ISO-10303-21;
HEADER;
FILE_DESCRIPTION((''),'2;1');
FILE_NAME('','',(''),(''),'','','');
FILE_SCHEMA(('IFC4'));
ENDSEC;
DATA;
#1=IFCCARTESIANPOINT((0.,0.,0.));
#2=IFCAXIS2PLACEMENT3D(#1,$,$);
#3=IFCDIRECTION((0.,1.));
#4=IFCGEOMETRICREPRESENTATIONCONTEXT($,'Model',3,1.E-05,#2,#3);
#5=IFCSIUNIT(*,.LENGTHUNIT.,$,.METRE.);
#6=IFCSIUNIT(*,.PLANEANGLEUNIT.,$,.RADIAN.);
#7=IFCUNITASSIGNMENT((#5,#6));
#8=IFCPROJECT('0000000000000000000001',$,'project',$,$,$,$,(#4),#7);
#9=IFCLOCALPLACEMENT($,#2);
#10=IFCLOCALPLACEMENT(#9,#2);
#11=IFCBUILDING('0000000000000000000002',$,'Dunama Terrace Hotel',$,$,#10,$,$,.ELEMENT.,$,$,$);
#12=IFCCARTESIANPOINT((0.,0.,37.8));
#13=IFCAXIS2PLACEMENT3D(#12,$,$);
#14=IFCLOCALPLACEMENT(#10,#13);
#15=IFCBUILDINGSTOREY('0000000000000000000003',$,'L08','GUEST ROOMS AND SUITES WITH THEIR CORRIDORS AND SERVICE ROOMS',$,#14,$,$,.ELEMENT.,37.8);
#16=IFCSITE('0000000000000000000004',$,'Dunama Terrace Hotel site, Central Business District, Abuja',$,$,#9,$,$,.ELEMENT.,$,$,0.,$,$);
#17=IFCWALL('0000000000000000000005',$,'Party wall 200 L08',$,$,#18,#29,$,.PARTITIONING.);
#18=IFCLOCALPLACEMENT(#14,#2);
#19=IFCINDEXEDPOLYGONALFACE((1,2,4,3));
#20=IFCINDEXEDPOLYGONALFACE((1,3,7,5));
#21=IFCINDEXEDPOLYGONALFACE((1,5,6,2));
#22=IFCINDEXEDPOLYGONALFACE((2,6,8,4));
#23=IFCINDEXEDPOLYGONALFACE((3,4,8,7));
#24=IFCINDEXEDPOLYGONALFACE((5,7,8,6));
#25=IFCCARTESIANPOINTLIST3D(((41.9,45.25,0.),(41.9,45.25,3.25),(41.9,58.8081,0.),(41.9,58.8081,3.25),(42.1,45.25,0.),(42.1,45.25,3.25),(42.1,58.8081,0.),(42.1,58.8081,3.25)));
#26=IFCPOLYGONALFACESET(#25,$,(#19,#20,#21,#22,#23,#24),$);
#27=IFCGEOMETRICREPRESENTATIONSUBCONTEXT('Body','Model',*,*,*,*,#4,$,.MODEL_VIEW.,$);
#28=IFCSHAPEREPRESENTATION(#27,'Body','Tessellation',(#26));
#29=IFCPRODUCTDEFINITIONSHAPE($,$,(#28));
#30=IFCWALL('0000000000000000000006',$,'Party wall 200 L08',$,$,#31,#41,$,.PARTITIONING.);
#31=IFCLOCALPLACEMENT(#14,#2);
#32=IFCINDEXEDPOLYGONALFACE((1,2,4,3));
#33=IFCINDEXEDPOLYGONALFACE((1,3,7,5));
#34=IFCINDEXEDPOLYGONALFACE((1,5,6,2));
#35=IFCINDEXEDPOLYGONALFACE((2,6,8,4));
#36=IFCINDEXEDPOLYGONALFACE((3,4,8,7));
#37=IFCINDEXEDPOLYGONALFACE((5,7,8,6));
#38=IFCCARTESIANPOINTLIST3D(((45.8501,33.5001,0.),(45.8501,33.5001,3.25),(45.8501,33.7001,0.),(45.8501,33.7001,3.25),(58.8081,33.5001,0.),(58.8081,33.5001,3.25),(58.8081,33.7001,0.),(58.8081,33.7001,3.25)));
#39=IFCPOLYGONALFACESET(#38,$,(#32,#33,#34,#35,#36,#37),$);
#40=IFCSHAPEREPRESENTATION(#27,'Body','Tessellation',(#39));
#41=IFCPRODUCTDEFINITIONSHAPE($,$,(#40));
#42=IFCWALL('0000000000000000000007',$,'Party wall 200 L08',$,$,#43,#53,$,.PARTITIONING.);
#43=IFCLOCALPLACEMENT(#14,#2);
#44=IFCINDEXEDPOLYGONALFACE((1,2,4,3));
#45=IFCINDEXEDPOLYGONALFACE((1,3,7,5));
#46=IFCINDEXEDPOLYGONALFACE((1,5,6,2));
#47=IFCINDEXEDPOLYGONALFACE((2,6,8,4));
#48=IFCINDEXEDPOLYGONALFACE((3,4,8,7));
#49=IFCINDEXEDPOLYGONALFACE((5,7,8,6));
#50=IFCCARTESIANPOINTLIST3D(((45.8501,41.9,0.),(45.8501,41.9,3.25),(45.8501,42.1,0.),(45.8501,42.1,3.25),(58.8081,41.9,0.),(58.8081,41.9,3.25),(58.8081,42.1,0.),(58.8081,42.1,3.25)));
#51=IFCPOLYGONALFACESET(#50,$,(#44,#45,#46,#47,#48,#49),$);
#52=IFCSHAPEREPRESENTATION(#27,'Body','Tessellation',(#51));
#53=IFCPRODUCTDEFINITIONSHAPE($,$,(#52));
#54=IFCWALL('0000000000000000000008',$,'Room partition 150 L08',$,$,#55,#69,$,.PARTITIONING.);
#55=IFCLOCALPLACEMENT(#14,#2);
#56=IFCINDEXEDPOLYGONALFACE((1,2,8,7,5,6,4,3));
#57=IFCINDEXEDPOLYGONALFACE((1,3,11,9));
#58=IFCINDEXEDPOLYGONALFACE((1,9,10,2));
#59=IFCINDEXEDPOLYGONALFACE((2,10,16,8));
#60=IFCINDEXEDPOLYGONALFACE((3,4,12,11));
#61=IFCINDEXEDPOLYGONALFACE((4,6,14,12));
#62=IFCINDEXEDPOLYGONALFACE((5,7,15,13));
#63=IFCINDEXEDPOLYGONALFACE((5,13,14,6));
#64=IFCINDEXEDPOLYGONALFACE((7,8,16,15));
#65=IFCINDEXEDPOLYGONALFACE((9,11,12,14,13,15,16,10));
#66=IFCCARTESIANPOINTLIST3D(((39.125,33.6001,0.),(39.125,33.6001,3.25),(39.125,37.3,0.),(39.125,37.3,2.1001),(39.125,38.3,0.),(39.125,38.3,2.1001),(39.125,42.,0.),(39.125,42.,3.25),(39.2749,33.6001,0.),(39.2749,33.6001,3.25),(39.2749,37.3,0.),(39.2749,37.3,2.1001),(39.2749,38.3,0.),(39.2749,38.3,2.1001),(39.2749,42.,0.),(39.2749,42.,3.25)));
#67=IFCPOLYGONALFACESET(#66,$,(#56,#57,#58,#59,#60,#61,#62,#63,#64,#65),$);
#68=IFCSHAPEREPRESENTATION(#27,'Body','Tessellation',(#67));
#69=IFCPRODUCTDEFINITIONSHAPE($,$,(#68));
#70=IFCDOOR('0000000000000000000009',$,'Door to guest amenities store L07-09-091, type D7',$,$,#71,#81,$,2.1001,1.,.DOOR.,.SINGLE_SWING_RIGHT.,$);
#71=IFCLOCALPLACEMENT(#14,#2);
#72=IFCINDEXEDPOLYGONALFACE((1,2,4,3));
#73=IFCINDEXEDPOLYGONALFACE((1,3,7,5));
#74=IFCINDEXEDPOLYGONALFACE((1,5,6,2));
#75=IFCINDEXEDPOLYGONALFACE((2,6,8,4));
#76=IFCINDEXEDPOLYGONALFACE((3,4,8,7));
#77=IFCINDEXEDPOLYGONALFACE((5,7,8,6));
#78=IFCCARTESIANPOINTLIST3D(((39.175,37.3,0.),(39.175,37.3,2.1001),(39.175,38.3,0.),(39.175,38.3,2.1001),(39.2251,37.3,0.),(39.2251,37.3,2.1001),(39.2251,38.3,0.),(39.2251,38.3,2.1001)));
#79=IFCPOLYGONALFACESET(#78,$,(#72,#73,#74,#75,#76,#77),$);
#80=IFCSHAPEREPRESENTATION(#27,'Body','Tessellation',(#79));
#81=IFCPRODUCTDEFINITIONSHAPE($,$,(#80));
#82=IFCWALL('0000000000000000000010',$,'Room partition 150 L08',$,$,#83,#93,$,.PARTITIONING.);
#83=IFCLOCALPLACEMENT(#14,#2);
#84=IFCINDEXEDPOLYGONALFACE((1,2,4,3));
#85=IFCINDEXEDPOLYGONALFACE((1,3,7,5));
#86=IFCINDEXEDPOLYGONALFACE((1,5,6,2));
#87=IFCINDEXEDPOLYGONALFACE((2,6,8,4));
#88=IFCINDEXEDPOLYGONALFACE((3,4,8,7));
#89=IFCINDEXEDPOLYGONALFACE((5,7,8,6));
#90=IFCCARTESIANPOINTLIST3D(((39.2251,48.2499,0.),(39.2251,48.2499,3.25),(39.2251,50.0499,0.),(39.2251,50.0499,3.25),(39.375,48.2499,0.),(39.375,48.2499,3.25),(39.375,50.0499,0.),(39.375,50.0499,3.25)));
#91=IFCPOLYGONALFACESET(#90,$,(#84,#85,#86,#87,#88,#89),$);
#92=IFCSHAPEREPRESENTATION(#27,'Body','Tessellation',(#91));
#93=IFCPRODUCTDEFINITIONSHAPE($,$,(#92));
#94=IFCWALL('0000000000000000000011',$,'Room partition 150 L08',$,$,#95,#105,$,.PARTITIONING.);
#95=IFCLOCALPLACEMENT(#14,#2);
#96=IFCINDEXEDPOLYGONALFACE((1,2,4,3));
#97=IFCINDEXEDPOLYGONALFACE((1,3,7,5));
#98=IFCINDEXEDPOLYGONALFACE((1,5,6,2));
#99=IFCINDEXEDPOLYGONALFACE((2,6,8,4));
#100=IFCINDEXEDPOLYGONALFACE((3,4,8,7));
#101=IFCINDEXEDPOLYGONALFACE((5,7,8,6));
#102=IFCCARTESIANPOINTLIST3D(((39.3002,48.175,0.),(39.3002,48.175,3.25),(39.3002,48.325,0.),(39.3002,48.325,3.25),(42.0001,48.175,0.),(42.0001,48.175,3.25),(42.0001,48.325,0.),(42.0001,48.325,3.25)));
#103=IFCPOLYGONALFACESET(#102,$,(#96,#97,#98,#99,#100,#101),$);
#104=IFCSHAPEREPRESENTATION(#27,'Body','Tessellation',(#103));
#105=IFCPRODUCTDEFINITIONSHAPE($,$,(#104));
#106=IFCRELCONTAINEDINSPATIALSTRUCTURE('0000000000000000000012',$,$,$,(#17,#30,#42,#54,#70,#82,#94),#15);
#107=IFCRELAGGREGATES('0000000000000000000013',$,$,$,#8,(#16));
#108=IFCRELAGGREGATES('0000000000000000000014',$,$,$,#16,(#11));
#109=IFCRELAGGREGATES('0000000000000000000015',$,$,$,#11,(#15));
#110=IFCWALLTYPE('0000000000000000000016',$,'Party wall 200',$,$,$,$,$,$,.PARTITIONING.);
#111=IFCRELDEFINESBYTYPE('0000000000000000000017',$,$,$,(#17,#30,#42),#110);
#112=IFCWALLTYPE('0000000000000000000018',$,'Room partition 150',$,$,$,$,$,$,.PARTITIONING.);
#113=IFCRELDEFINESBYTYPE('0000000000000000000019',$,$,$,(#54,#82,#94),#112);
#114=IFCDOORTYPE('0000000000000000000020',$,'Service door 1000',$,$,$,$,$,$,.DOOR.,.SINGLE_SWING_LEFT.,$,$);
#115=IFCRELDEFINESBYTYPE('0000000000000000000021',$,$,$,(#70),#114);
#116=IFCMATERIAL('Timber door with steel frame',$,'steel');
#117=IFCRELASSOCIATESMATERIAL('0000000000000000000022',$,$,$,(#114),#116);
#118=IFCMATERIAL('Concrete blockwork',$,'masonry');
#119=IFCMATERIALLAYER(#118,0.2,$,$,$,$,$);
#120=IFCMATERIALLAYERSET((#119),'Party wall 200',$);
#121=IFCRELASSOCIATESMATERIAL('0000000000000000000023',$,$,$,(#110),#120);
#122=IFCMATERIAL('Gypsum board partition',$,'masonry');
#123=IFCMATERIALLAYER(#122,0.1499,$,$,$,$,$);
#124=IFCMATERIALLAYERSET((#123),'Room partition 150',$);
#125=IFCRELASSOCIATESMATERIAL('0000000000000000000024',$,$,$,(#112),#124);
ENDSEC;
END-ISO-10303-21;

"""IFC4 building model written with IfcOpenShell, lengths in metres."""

from ifc_helpers import new_model, si_unit, direction, frame, frame_2d, origin, place, context, subcontext, project, spatial, rectangle, extrude, material, layer, layer_set, type_object, element, fill, save


model = new_model("IFC4")

# Units and contexts
model_context = context("Model", 3, precision=1e-05, world=origin(), true_north=direction((0.0, 1.0)))
body_context = subcontext(model_context, "Body", "Model", "MODEL_VIEW")
ifc_project = project(units=[si_unit("LENGTHUNIT", "METRE"), si_unit("PLANEANGLEUNIT", "RADIAN")], contexts=[model_context])

# Site, building, storey
site_placement = place(None, origin())
site = spatial("IfcSite", under=ifc_project, at=site_placement, Name="Dunama Terrace Hotel site, Central Business District, Abuja", CompositionType="ELEMENT", RefElevation=0.0)
building_placement = place(site_placement, origin())
building = spatial("IfcBuilding", under=site, at=building_placement, Name="Dunama Terrace Hotel", CompositionType="ELEMENT")
storey_placement = place(building_placement, frame((0.0, 0.0, 37.8)))
storey = spatial("IfcBuildingStorey", under=building, at=storey_placement, Name="L08", Description="GUEST ROOMS AND SUITES WITH THEIR CORRIDORS AND SERVICE ROOMS", CompositionType="ELEMENT", Elevation=37.8)

# Shared definitions
ifc_material_1 = material(Name="Timber door with steel frame", Category="steel")
door_type_1 = type_object("IfcDoorType", Name="Service door 1000", OperationType="SINGLE_SWING_LEFT", PredefinedType="DOOR", material=ifc_material_1)

# Walls
ifc_material_2 = material(Name="Concrete blockwork", Category="masonry")
ifc_layer_1 = layer(ifc_material_2, 0.2)
ifc_layer_set_1 = layer_set([ifc_layer_1], Name="Party wall 200")
wall_type_1 = type_object("IfcWallType", Name="Party wall 200", PredefinedType="PARTITIONING", material=ifc_layer_set_1)
wall_1_placement = place(storey_placement, frame((42.0, 45.25, 0.0), z_axis=(0.0, 0.0, 1.0), x_axis=(0.0, 1.0, 0.0)))
element("IfcWall", 1, at=wall_1_placement, inside=storey, type_object=wall_type_1, Name="Party wall 200 L08", PredefinedType="PARTITIONING", context=body_context, shape_type="SweptSolid", body=[
    extrude(rectangle(XDim=13.5581, YDim=0.2, at=frame_2d((6.7791, 0.0))), origin(), (0.0, 0.0, 1.0), 3.25),
])
for number, where, z_axis, x_axis, name in (
    (2, (45.8501, 33.6001, 0.0), (0.0, 0.0, 1.0), (1.0, 0.0, 0.0), "Party wall 200 L08"),
    (3, (45.8501, 42.0, 0.0), (0.0, 0.0, 1.0), (1.0, 0.0, 0.0), "Party wall 200 L08"),
):
    element("IfcWall", number, at=place(storey_placement, frame(where, z_axis=z_axis, x_axis=x_axis)), inside=storey, type_object=wall_type_1, Name=name, PredefinedType="PARTITIONING", context=body_context, shape_type="SweptSolid", body=[
        extrude(rectangle(XDim=12.958, YDim=0.2, at=frame_2d((6.479, 0.0))), origin(), (0.0, 0.0, 1.0), 3.25),
    ])

# Wall, opening, door
ifc_material_3 = material(Name="Gypsum board partition", Category="masonry")
ifc_layer_2 = layer(ifc_material_3, 0.1499)
ifc_layer_set_2 = layer_set([ifc_layer_2], Name="Room partition 150")
wall_type_2 = type_object("IfcWallType", Name="Room partition 150", PredefinedType="PARTITIONING", material=ifc_layer_set_2)
wall_2_placement = place(storey_placement, frame((39.2, 33.6001, 0.0), z_axis=(0.0, 0.0, 1.0), x_axis=(0.0, 1.0, 0.0)))
wall_2 = element("IfcWall", 4, at=wall_2_placement, inside=storey, type_object=wall_type_2, Name="Room partition 150 L08", PredefinedType="PARTITIONING", context=body_context, shape_type="SweptSolid", body=[
    extrude(rectangle(XDim=8.3999, YDim=0.1499, at=frame_2d((4.2, 0.0))), origin(), (0.0, 0.0, 1.0), 3.25),
])
opening_1_placement = place(wall_2_placement, frame((3.7, 0.0, 0.0)))
opening_1 = element("IfcOpeningElement", 5, at=opening_1_placement, cuts=wall_2, PredefinedType="OPENING", context=body_context, shape_type="SweptSolid", body=[
    extrude(rectangle(XDim=1.0, YDim=2.1001, at=frame_2d((0.5, 1.05))), frame((0.0, 0.085, 0.0), z_axis=(0.0, -1.0, 0.0), x_axis=(1.0, 0.0, 0.0)), (0.0, 0.0, 1.0), 0.1699),
])
door_1_placement = place(opening_1_placement, frame((1.0, 0.0, 0.0), z_axis=(0.0, 0.0, 1.0), x_axis=(-1.0, 0.0, 0.0)))
door_1 = element("IfcDoor", 6, at=door_1_placement, inside=storey, type_object=door_type_1, Name="Door to guest amenities store L07-09-091, type D7", OperationType="SINGLE_SWING_RIGHT", OverallHeight=2.1001, OverallWidth=1.0, PredefinedType="DOOR", context=body_context, shape_type="SweptSolid", body=[
    extrude(rectangle(XDim=1.0, YDim=2.1001, at=frame_2d((0.5, 1.05))), frame((0.0, 0.0251, 0.0), z_axis=(0.0, -1.0, 0.0), x_axis=(1.0, 0.0, 0.0)), (0.0, 0.0, 1.0), 0.05),
])
fill(opening_1, door_1)

# Walls
wall_3_placement = place(storey_placement, frame((39.3, 48.25, 0.0), z_axis=(0.0, 0.0, 1.0), x_axis=(0.0, 1.0, 0.0)))
element("IfcWall", 7, at=wall_3_placement, inside=storey, type_object=wall_type_2, Name="Room partition 150 L08", PredefinedType="PARTITIONING", context=body_context, shape_type="SweptSolid", body=[
    extrude(rectangle(XDim=1.8, YDim=0.1499, at=frame_2d((0.8999, 0.0))), origin(), (0.0, 0.0, 1.0), 3.25),
])
wall_4_placement = place(storey_placement, frame((39.3, 48.25, 0.0), z_axis=(0.0, 0.0, 1.0), x_axis=(1.0, 0.0, 0.0)))
element("IfcWall", 8, at=wall_4_placement, inside=storey, type_object=wall_type_2, Name="Room partition 150 L08", PredefinedType="PARTITIONING", context=body_context, shape_type="SweptSolid", body=[
    extrude(rectangle(XDim=2.7, YDim=0.1499, at=frame_2d((1.3501, 0.0))), origin(), (0.0, 0.0, 1.0), 3.25),
])

save(model, "model.ifc")
